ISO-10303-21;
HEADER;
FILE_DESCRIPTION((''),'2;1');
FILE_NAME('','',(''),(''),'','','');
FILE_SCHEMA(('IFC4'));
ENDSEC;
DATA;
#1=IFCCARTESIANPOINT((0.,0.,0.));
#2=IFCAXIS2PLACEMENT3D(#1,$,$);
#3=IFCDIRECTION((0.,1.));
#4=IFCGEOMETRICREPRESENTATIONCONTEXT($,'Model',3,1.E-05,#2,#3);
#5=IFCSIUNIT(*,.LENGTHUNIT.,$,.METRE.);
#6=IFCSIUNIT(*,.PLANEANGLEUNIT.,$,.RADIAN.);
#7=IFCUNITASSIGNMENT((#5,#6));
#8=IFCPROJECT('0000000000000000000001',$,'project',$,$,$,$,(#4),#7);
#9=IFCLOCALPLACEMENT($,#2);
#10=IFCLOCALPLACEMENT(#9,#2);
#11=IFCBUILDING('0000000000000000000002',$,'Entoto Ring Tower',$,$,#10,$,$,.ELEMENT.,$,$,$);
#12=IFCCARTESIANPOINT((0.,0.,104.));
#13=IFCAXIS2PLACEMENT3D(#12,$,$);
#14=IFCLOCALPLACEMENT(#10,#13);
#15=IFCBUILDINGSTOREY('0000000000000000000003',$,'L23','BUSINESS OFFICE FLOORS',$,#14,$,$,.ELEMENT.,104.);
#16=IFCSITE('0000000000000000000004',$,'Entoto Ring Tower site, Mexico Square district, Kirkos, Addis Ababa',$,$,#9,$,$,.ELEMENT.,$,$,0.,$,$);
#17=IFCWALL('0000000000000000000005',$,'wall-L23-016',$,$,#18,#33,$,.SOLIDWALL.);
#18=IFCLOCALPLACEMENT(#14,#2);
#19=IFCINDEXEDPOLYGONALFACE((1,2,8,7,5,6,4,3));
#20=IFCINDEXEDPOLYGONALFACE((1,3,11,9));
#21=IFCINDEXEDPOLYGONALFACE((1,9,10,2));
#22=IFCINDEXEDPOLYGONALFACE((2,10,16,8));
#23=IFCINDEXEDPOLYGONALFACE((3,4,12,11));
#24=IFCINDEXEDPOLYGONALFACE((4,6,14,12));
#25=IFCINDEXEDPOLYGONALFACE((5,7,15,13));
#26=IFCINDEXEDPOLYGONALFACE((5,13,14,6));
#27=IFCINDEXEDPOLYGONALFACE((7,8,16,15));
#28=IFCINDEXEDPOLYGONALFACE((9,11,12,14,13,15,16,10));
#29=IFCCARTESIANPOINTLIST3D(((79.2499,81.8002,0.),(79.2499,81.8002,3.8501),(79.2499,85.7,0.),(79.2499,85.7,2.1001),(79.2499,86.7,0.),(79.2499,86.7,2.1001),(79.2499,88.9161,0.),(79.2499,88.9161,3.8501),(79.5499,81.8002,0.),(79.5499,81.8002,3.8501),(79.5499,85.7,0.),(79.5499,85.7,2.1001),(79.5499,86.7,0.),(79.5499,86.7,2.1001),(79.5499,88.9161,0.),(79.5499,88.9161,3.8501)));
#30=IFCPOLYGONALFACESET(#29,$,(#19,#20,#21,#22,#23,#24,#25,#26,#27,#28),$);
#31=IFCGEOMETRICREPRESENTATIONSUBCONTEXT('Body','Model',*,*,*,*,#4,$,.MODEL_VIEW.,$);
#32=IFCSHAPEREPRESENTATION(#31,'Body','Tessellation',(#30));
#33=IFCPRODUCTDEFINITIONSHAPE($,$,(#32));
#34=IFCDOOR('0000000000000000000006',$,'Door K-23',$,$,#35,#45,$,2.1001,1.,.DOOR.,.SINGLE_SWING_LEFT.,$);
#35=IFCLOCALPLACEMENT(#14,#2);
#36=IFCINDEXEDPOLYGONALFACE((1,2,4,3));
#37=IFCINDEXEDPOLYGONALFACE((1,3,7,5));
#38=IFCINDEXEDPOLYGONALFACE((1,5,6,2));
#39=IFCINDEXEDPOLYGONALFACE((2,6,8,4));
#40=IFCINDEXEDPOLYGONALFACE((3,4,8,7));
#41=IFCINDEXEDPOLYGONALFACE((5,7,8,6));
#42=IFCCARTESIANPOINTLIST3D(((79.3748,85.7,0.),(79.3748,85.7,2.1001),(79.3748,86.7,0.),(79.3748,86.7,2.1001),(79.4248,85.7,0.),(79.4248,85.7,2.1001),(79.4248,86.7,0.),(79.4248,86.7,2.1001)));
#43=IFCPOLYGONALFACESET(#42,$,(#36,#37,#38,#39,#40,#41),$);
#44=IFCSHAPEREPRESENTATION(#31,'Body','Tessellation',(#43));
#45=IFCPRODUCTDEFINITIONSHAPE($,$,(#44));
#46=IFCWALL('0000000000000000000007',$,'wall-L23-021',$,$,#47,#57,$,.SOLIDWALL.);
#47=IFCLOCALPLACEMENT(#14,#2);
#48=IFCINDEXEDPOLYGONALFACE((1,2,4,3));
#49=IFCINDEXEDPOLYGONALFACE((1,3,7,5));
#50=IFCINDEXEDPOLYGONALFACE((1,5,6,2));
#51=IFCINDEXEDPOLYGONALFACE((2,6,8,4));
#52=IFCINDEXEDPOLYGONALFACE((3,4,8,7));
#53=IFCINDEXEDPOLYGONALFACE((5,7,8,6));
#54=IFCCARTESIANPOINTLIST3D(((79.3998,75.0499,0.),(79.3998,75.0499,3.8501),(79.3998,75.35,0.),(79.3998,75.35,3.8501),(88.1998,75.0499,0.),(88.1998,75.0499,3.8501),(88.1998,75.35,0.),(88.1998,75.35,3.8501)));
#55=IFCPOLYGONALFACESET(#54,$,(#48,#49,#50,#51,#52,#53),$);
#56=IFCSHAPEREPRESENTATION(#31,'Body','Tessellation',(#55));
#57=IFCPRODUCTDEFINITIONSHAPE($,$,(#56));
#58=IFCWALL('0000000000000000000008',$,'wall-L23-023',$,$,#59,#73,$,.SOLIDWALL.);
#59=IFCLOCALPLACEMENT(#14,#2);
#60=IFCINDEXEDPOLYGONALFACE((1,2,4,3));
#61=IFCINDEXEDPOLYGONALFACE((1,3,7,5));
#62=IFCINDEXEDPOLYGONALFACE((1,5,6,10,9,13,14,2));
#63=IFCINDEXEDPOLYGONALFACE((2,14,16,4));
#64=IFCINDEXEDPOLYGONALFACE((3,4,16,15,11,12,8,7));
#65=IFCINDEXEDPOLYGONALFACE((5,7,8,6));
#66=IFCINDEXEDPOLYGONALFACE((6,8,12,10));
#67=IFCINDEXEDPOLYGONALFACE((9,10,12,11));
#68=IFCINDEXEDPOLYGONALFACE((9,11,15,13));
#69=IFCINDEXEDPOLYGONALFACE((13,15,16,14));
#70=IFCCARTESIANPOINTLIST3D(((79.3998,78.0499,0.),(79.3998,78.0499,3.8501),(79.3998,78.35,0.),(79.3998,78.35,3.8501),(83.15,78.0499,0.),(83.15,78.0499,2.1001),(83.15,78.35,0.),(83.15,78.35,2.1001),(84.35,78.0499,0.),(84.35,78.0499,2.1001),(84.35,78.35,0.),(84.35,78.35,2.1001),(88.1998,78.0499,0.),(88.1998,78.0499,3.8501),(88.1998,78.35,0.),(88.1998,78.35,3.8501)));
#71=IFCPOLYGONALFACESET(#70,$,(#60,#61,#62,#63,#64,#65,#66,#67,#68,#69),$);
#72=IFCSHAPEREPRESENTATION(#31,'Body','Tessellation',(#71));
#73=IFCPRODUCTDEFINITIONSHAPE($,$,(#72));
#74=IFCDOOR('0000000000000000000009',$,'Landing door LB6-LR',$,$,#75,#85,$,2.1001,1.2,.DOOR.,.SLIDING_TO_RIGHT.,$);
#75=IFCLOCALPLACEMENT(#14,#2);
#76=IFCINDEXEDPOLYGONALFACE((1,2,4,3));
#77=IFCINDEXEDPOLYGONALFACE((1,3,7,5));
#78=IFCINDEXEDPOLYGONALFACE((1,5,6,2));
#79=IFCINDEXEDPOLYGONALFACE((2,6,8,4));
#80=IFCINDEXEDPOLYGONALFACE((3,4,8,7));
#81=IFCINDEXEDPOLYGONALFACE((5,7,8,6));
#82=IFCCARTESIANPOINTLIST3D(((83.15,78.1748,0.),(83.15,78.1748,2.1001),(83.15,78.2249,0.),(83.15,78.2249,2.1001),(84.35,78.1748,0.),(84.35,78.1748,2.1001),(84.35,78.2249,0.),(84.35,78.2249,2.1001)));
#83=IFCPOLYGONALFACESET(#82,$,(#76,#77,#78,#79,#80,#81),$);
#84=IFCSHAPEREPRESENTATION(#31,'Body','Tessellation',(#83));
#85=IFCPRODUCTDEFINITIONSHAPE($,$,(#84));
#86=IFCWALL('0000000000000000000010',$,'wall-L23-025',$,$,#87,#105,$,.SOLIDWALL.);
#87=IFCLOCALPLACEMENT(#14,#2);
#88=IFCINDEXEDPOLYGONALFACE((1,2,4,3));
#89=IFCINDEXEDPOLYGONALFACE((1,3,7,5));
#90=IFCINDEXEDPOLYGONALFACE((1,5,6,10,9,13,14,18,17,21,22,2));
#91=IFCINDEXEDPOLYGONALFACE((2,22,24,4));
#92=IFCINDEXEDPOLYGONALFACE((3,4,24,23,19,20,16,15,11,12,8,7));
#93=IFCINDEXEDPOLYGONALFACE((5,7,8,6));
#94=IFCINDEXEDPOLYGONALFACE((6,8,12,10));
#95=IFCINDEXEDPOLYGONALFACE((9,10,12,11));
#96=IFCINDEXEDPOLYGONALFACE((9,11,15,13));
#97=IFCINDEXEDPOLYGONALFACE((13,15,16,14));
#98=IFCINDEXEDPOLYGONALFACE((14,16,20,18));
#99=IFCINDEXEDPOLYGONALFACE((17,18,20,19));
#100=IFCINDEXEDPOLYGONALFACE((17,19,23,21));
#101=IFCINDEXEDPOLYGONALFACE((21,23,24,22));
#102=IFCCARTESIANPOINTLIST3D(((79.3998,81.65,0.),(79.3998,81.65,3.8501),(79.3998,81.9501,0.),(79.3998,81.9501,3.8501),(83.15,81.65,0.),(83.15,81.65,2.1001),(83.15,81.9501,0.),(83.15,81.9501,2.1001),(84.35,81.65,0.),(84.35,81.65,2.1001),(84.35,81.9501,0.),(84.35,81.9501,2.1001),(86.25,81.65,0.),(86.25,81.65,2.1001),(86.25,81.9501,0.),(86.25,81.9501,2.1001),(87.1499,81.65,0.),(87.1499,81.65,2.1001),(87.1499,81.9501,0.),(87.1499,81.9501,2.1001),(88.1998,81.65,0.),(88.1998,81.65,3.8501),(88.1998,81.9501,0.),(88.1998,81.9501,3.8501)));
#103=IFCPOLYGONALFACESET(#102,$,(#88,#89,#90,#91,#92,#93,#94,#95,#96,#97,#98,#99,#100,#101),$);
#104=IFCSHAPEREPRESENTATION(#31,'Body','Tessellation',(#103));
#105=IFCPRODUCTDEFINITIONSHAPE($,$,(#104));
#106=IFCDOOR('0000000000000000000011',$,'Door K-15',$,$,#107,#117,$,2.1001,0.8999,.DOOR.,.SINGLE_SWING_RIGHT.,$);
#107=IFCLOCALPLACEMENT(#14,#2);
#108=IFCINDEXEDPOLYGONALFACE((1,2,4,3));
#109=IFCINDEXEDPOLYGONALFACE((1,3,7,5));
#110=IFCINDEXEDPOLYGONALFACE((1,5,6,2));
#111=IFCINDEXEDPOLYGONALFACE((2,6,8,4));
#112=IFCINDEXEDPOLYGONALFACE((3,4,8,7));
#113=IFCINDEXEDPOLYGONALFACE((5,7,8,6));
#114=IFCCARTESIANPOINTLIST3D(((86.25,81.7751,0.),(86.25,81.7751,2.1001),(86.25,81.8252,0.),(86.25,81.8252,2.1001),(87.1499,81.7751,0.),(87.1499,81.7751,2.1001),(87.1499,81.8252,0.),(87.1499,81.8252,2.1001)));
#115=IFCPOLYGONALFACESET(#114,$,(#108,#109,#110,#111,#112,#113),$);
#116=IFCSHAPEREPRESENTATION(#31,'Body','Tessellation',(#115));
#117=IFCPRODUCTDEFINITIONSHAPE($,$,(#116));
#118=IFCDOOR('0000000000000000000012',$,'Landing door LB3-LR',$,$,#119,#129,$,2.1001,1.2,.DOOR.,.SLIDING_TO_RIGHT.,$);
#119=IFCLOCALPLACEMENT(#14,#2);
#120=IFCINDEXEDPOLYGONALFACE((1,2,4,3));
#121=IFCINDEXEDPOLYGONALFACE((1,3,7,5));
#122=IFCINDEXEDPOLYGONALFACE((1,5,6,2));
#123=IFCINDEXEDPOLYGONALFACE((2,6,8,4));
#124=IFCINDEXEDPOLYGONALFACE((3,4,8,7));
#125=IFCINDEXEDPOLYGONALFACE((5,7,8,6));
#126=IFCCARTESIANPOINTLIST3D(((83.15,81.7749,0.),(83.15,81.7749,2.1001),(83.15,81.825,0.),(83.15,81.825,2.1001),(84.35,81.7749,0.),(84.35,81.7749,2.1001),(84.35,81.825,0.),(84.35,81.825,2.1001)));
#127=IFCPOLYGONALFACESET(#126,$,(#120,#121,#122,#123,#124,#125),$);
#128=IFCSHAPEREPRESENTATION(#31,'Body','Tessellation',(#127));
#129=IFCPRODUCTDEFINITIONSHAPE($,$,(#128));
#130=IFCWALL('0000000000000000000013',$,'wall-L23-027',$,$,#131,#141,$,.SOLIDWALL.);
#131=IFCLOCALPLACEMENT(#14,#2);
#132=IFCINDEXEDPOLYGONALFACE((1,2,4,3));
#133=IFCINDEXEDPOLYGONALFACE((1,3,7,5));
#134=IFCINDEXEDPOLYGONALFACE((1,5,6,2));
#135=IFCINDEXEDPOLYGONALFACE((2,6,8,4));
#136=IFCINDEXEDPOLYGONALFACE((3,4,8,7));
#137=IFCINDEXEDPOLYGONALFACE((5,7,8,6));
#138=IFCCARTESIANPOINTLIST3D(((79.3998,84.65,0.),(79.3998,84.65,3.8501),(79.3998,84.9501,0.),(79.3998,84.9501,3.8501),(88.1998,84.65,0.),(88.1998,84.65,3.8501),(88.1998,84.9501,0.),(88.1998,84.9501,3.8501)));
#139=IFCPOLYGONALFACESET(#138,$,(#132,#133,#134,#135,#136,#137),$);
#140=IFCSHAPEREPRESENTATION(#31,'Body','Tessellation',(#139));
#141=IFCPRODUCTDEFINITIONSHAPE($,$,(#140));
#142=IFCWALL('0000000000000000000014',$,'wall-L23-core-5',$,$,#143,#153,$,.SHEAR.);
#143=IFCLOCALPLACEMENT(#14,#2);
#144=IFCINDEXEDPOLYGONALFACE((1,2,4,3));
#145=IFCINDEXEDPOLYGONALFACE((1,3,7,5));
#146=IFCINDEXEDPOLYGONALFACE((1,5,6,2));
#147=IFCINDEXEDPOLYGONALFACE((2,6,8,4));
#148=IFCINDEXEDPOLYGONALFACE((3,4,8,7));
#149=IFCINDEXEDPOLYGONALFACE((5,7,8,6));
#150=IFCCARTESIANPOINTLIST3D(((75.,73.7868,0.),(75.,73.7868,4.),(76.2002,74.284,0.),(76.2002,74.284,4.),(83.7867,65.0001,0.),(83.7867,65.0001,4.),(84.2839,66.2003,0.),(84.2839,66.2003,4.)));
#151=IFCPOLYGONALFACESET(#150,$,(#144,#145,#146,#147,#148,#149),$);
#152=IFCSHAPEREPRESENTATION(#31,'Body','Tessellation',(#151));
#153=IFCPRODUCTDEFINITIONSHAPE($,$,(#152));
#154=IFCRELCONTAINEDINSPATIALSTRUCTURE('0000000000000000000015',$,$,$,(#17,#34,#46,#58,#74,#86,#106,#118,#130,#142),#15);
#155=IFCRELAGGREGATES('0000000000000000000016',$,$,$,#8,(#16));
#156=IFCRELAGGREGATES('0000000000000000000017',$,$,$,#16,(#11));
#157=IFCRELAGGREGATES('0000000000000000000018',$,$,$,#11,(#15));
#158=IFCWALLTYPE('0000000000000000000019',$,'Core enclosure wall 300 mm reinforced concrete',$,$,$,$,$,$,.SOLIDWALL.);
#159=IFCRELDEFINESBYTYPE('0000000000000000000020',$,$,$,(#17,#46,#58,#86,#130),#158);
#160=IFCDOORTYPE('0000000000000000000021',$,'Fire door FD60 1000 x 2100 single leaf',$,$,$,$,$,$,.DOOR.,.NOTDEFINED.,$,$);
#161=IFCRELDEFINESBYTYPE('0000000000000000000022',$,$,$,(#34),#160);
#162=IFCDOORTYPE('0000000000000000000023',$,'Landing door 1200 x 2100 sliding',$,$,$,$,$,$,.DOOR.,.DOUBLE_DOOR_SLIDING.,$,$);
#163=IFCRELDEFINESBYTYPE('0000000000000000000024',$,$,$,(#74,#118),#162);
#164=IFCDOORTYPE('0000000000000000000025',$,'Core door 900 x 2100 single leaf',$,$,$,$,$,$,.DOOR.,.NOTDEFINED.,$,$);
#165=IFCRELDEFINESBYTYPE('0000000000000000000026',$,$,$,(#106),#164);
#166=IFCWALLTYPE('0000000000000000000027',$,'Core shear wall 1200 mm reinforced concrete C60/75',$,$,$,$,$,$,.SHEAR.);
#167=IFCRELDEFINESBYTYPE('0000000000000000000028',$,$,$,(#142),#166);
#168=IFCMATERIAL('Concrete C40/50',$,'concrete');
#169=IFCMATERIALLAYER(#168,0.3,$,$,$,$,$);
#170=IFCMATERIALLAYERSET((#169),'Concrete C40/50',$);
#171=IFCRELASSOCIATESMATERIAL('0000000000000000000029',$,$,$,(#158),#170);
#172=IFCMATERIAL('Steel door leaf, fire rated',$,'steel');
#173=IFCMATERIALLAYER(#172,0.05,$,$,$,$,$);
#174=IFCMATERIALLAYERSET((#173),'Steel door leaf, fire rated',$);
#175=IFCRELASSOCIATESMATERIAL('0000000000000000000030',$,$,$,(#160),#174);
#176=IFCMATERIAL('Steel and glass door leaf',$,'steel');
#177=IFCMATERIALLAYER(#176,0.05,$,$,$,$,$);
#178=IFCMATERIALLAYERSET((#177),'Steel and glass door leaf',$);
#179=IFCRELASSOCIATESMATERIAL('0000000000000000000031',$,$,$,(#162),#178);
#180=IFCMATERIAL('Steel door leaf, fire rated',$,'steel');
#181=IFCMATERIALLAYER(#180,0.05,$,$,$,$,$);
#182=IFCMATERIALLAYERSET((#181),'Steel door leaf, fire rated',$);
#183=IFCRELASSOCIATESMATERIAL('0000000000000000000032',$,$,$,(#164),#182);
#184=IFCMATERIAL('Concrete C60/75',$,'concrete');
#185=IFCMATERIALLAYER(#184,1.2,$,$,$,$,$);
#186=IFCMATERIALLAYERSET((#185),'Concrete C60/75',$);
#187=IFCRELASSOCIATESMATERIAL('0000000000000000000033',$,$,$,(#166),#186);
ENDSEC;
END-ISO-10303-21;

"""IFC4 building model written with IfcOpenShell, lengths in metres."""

from ifc_helpers import new_model, si_unit, direction, frame, frame_2d, origin, place, context, subcontext, project, spatial, polyline, rectangle, outline, extrude, material, layer, layer_set, type_object, element, fill, save


model = new_model("IFC4")

# Units and contexts
model_context = context("Model", 3, precision=1e-05, world=origin(), true_north=direction((0.0, 1.0)))
body_context = subcontext(model_context, "Body", "Model", "MODEL_VIEW")
ifc_project = project(units=[si_unit("LENGTHUNIT", "METRE"), si_unit("PLANEANGLEUNIT", "RADIAN")], contexts=[model_context])

# Site, building, storey
site_placement = place(None, origin())
site = spatial("IfcSite", under=ifc_project, at=site_placement, Name="Entoto Ring Tower site, Mexico Square district, Kirkos, Addis Ababa", CompositionType="ELEMENT", RefElevation=0.0)
building_placement = place(site_placement, origin())
building = spatial("IfcBuilding", under=site, at=building_placement, Name="Entoto Ring Tower", CompositionType="ELEMENT")
storey_placement = place(building_placement, frame((0.0, 0.0, 104.0)))
storey = spatial("IfcBuildingStorey", under=building, at=storey_placement, Name="L23", Description="BUSINESS OFFICE FLOORS", CompositionType="ELEMENT", Elevation=104.0)

# Shared definitions
ifc_material_1 = material(Name="Concrete C40/50", Category="concrete")
ifc_layer_1 = layer(ifc_material_1, 0.3)
ifc_layer_set_1 = layer_set([ifc_layer_1], Name="Concrete C40/50")
wall_type_1 = type_object("IfcWallType", Name="Core enclosure wall 300 mm reinforced concrete", PredefinedType="SOLIDWALL", material=ifc_layer_set_1)

# Wall, opening, door
wall_1_placement = place(storey_placement, frame((79.3999, 81.8, 0.0), z_axis=(0.0, 0.0, 1.0), x_axis=(0.0, 1.0, 0.0)))
wall_1 = element("IfcWall", 1, at=wall_1_placement, inside=storey, type_object=wall_type_1, Name="wall-L23-016", PredefinedType="SOLIDWALL", context=body_context, shape_type="SweptSolid", body=[
    extrude(rectangle(XDim=7.116, YDim=0.3, at=frame_2d((3.5581, 0.0))), origin(), (0.0, 0.0, 1.0), 3.8501),
])
opening_1_placement = place(wall_1_placement, frame((3.8999, 0.0, 0.0)))
opening_1 = element("IfcOpeningElement", 2, at=opening_1_placement, cuts=wall_1, PredefinedType="OPENING", context=body_context, shape_type="SweptSolid", body=[
    extrude(rectangle(XDim=1.0, YDim=2.1001, at=frame_2d((0.5, 1.05))), frame((0.0, 0.1602, 0.0), z_axis=(0.0, -1.0, 0.0), x_axis=(1.0, 0.0, 0.0)), (0.0, 0.0, 1.0), 0.3201),
])
ifc_material_2 = material(Name="Steel door leaf, fire rated", Category="steel")
ifc_layer_2 = layer(ifc_material_2, 0.05)
ifc_layer_set_2 = layer_set([ifc_layer_2], Name="Steel door leaf, fire rated")
door_type_1 = type_object("IfcDoorType", Name="Fire door FD60 1000 x 2100 single leaf", OperationType="NOTDEFINED", PredefinedType="DOOR", material=ifc_layer_set_2)
door_1_placement = place(opening_1_placement, frame((1.0, 0.0, 0.0), z_axis=(0.0, 0.0, 1.0), x_axis=(-1.0, 0.0, 0.0)))
door_1 = element("IfcDoor", 3, at=door_1_placement, inside=storey, type_object=door_type_1, Name="Door K-23", OperationType="SINGLE_SWING_LEFT", OverallHeight=2.1001, OverallWidth=1.0, PredefinedType="DOOR", context=body_context, shape_type="SweptSolid", body=[
    extrude(rectangle(XDim=1.0, YDim=2.1001, at=frame_2d((0.5, 1.05))), frame((0.0, 0.0249, 0.0), z_axis=(0.0, -1.0, 0.0), x_axis=(1.0, 0.0, 0.0)), (0.0, 0.0, 1.0), 0.05),
])
fill(opening_1, door_1)

# Wall
wall_2_placement = place(storey_placement, frame((79.3999, 75.2, 0.0), z_axis=(0.0, 0.0, 1.0), x_axis=(1.0, 0.0, 0.0)))
element("IfcWall", 4, at=wall_2_placement, inside=storey, type_object=wall_type_1, Name="wall-L23-021", PredefinedType="SOLIDWALL", context=body_context, shape_type="SweptSolid", body=[
    extrude(rectangle(XDim=8.8, YDim=0.3, at=frame_2d((4.3999, 0.0))), origin(), (0.0, 0.0, 1.0), 3.8501),
])

# Wall, opening, door
wall_3_placement = place(storey_placement, frame((79.3999, 78.2, 0.0), z_axis=(0.0, 0.0, 1.0), x_axis=(1.0, 0.0, 0.0)))
wall_3 = element("IfcWall", 5, at=wall_3_placement, inside=storey, type_object=wall_type_1, Name="wall-L23-023", PredefinedType="SOLIDWALL", context=body_context, shape_type="SweptSolid", body=[
    extrude(rectangle(XDim=8.8, YDim=0.3, at=frame_2d((4.3999, 0.0))), origin(), (0.0, 0.0, 1.0), 3.8501),
])
opening_2_placement = place(wall_3_placement, frame((3.75, 0.0, 0.0)))
opening_2 = element("IfcOpeningElement", 6, at=opening_2_placement, cuts=wall_3, PredefinedType="OPENING", context=body_context, shape_type="SweptSolid", body=[
    extrude(rectangle(XDim=1.2, YDim=2.1001, at=frame_2d((0.6001, 1.05))), frame((0.0, 0.1602, 0.0), z_axis=(0.0, -1.0, 0.0), x_axis=(1.0, 0.0, 0.0)), (0.0, 0.0, 1.0), 0.3201),
])
ifc_material_3 = material(Name="Steel and glass door leaf", Category="steel")
ifc_layer_3 = layer(ifc_material_3, 0.05)
ifc_layer_set_3 = layer_set([ifc_layer_3], Name="Steel and glass door leaf")
door_type_2 = type_object("IfcDoorType", Name="Landing door 1200 x 2100 sliding", OperationType="DOUBLE_DOOR_SLIDING", PredefinedType="DOOR", material=ifc_layer_set_3)
door_2_placement = place(opening_2_placement, origin())
door_2 = element("IfcDoor", 7, at=door_2_placement, inside=storey, type_object=door_type_2, Name="Landing door LB6-LR", OperationType="SLIDING_TO_RIGHT", OverallHeight=2.1001, OverallWidth=1.2, PredefinedType="DOOR", context=body_context, shape_type="SweptSolid", body=[
    extrude(rectangle(XDim=1.2, YDim=2.1001, at=frame_2d((0.6001, 1.05))), frame((0.0, 0.0249, 0.0), z_axis=(0.0, -1.0, 0.0), x_axis=(1.0, 0.0, 0.0)), (0.0, 0.0, 1.0), 0.05),
])
fill(opening_2, door_2)

# Wall, openings, doors
wall_4_placement = place(storey_placement, frame((79.3999, 81.8, 0.0), z_axis=(0.0, 0.0, 1.0), x_axis=(1.0, 0.0, 0.0)))
wall_4 = element("IfcWall", 8, at=wall_4_placement, inside=storey, type_object=wall_type_1, Name="wall-L23-025", PredefinedType="SOLIDWALL", context=body_context, shape_type="SweptSolid", body=[
    extrude(rectangle(XDim=8.8, YDim=0.3, at=frame_2d((4.3999, 0.0))), origin(), (0.0, 0.0, 1.0), 3.8501),
])
opening_3_placement = place(wall_4_placement, frame((3.75, 0.0, 0.0)))
opening_3 = element("IfcOpeningElement", 9, at=opening_3_placement, cuts=wall_4, PredefinedType="OPENING", context=body_context, shape_type="SweptSolid", body=[
    extrude(rectangle(XDim=1.2, YDim=2.1001, at=frame_2d((0.6001, 1.05))), frame((0.0, 0.1602, 0.0), z_axis=(0.0, -1.0, 0.0), x_axis=(1.0, 0.0, 0.0)), (0.0, 0.0, 1.0), 0.3201),
])
opening_4_placement = place(wall_4_placement, frame((6.8501, 0.0, 0.0)))
opening_4 = element("IfcOpeningElement", 10, at=opening_4_placement, cuts=wall_4, PredefinedType="OPENING", context=body_context, shape_type="SweptSolid", body=[
    extrude(rectangle(XDim=0.8999, YDim=2.1001, at=frame_2d((0.45, 1.05))), frame((0.0, 0.1602, 0.0), z_axis=(0.0, -1.0, 0.0), x_axis=(1.0, 0.0, 0.0)), (0.0, 0.0, 1.0), 0.3201),
])
ifc_material_4 = material(Name="Steel door leaf, fire rated", Category="steel")
ifc_layer_4 = layer(ifc_material_4, 0.05)
ifc_layer_set_4 = layer_set([ifc_layer_4], Name="Steel door leaf, fire rated")
door_type_3 = type_object("IfcDoorType", Name="Core door 900 x 2100 single leaf", OperationType="NOTDEFINED", PredefinedType="DOOR", material=ifc_layer_set_4)
door_3_placement = place(opening_4_placement, frame((0.8999, 0.0, 0.0), z_axis=(0.0, 0.0, 1.0), x_axis=(-1.0, 0.0, 0.0)))
door_3 = element("IfcDoor", 11, at=door_3_placement, inside=storey, type_object=door_type_3, Name="Door K-15", OperationType="SINGLE_SWING_RIGHT", OverallHeight=2.1001, OverallWidth=0.8999, PredefinedType="DOOR", context=body_context, shape_type="SweptSolid", body=[
    extrude(rectangle(XDim=0.8999, YDim=2.1001, at=frame_2d((0.45, 1.05))), frame((0.0, 0.0249, 0.0), z_axis=(0.0, -1.0, 0.0), x_axis=(1.0, 0.0, 0.0)), (0.0, 0.0, 1.0), 0.05),
])
fill(opening_4, door_3)
door_4_placement = place(opening_3_placement, origin())
door_4 = element("IfcDoor", 12, at=door_4_placement, inside=storey, type_object=door_type_2, Name="Landing door LB3-LR", OperationType="SLIDING_TO_RIGHT", OverallHeight=2.1001, OverallWidth=1.2, PredefinedType="DOOR", context=body_context, shape_type="SweptSolid", body=[
    extrude(rectangle(XDim=1.2, YDim=2.1001, at=frame_2d((0.6001, 1.05))), frame((0.0, 0.0249, 0.0), z_axis=(0.0, -1.0, 0.0), x_axis=(1.0, 0.0, 0.0)), (0.0, 0.0, 1.0), 0.05),
])
fill(opening_3, door_4)

# Walls
wall_5_placement = place(storey_placement, frame((79.3999, 84.8, 0.0), z_axis=(0.0, 0.0, 1.0), x_axis=(1.0, 0.0, 0.0)))
element("IfcWall", 13, at=wall_5_placement, inside=storey, type_object=wall_type_1, Name="wall-L23-027", PredefinedType="SOLIDWALL", context=body_context, shape_type="SweptSolid", body=[
    extrude(rectangle(XDim=8.8, YDim=0.3, at=frame_2d((4.3999, 0.0))), origin(), (0.0, 0.0, 1.0), 3.8501),
])
ifc_material_5 = material(Name="Concrete C60/75", Category="concrete")
ifc_layer_5 = layer(ifc_material_5, 1.2)
ifc_layer_set_5 = layer_set([ifc_layer_5], Name="Concrete C60/75")
wall_type_2 = type_object("IfcWallType", Name="Core shear wall 1200 mm reinforced concrete C60/75", PredefinedType="SHEAR", material=ifc_layer_set_5)
wall_6_placement = place(storey_placement, frame((75.6001, 74.0354, 0.0), z_axis=(0.0, 0.0, 1.0), x_axis=(0.707107, -0.707107, 0.0)))
element("IfcWall", 14, at=wall_6_placement, inside=storey, type_object=wall_type_2, Name="wall-L23-core-5", PredefinedType="SHEAR", context=body_context, shape_type="SweptSolid", body=[
    extrude(outline(polyline([(-0.2485, -0.6001), (12.1777, -0.6001), (11.6807, 0.6001), (0.2485, 0.6001), (-0.2485, -0.6001)])), origin(), (0.0, 0.0, 1.0), 4.0),
])

save(model, "model.ifc")
